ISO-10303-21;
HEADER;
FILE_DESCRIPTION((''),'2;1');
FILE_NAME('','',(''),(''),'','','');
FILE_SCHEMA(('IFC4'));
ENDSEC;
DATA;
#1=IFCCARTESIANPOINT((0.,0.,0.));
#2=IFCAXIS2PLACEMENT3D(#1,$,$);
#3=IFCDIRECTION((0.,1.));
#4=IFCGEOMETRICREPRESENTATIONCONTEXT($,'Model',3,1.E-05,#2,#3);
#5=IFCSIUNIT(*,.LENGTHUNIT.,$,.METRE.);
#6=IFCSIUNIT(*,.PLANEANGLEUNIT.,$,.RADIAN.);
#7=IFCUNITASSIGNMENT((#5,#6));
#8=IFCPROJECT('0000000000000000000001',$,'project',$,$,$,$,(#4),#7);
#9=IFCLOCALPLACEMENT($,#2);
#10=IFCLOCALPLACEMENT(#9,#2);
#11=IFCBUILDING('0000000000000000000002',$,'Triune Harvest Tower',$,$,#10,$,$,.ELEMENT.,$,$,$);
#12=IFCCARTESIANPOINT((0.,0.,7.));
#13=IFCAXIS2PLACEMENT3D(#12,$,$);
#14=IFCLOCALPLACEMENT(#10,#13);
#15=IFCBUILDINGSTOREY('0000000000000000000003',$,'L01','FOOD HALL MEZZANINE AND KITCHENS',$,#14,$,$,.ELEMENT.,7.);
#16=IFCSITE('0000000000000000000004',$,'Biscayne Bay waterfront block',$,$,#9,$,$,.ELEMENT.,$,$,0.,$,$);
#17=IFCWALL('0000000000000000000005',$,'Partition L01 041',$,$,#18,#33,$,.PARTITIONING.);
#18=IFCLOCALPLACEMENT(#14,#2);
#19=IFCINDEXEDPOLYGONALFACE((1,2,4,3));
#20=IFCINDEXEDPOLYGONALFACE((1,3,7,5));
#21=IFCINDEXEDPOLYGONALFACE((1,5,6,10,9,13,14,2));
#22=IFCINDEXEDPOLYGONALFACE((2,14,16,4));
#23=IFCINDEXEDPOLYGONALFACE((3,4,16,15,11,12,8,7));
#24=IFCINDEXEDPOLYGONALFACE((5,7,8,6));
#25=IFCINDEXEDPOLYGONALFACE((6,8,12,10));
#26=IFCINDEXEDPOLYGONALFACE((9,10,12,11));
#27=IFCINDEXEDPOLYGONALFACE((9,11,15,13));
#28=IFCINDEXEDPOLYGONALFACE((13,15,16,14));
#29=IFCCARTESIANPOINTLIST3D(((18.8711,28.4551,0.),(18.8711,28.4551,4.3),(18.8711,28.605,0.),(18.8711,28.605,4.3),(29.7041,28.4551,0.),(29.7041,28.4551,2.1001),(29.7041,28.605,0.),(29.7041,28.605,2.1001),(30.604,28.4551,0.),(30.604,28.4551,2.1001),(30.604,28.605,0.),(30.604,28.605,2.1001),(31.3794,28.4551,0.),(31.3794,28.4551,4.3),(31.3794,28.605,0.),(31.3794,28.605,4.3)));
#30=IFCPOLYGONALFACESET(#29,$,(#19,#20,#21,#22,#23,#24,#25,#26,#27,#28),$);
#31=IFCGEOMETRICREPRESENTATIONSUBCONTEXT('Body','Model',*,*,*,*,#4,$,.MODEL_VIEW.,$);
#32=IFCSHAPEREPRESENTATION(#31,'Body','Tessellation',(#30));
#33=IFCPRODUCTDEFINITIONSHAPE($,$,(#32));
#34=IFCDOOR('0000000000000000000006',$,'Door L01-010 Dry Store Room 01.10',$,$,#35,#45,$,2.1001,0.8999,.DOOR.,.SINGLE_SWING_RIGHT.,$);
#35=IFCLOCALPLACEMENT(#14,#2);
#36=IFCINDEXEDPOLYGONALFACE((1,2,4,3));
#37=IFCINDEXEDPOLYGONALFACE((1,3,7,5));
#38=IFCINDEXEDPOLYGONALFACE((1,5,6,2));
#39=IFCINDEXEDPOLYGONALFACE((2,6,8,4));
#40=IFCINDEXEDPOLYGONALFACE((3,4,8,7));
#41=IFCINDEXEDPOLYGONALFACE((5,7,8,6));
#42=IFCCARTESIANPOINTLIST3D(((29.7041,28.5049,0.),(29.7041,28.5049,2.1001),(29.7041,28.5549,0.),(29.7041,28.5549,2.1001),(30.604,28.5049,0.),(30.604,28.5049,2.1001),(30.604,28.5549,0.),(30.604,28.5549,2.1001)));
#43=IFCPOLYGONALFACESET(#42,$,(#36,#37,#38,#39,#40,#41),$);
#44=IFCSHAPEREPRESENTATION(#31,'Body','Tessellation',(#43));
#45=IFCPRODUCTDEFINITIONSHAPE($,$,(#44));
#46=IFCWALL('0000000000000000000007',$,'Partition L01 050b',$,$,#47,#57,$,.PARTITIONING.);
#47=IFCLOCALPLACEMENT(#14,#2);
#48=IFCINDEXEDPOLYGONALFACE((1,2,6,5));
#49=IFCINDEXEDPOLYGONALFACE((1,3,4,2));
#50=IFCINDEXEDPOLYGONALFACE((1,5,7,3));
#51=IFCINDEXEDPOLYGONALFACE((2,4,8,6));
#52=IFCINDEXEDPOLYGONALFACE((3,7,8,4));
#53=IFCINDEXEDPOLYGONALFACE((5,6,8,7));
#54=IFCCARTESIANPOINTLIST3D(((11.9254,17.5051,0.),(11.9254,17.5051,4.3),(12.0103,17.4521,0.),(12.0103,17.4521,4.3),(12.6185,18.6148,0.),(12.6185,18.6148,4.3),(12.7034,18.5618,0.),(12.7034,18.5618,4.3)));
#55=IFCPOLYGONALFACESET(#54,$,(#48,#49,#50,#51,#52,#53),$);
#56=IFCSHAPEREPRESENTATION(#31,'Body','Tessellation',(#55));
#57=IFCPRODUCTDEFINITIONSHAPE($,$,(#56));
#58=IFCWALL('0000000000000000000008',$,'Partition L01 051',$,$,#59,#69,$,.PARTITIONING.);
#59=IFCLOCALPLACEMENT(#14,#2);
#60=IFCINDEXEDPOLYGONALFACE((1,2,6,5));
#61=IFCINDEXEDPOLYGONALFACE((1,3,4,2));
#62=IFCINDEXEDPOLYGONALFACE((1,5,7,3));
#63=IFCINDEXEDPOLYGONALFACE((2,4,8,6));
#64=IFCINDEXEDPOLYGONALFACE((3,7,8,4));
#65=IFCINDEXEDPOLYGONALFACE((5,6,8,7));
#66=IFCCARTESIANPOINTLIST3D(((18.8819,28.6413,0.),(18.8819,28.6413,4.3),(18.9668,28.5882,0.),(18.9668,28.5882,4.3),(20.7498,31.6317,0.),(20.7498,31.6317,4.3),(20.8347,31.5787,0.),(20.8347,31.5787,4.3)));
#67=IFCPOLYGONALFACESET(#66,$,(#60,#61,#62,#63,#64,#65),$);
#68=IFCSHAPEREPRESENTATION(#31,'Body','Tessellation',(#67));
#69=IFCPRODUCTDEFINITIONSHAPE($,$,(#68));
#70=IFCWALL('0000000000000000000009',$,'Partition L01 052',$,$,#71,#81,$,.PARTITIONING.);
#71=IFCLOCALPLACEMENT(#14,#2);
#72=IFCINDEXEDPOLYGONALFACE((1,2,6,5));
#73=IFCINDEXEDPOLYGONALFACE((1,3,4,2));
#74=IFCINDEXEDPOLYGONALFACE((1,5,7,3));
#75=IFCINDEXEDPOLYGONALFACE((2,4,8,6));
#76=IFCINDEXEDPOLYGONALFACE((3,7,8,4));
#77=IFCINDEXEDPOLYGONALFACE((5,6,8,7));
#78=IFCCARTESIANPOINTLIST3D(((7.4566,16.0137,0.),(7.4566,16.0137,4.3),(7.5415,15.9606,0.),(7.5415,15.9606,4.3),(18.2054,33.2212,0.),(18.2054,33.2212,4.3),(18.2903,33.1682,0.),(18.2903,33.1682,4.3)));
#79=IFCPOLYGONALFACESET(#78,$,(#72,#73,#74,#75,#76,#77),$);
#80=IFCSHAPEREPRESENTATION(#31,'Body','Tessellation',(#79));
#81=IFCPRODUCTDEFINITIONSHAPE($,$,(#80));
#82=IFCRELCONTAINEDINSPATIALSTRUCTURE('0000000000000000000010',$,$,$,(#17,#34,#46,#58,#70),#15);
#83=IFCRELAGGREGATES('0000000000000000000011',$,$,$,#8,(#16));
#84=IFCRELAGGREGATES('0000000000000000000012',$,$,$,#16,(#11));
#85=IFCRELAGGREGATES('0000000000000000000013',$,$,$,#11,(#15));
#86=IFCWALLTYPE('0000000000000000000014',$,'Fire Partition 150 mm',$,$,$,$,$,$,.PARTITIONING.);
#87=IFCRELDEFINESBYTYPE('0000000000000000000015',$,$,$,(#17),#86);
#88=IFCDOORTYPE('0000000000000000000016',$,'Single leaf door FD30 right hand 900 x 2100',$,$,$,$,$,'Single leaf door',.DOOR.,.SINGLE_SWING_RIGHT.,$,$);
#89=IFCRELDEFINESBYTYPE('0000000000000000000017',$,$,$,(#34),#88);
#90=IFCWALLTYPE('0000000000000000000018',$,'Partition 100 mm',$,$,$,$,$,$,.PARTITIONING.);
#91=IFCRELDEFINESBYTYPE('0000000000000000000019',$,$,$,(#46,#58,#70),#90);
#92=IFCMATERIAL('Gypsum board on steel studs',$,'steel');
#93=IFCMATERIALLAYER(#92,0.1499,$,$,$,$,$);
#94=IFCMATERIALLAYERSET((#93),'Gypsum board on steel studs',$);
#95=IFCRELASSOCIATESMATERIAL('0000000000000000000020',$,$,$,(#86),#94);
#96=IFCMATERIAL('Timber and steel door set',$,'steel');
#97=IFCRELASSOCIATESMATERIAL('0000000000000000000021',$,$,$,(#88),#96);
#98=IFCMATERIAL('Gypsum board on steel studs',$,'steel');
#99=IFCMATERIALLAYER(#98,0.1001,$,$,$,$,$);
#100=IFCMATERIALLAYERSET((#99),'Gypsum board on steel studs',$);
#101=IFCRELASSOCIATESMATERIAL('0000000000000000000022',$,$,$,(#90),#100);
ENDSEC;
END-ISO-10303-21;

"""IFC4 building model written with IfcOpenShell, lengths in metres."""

from ifc_helpers import new_model, si_unit, direction, frame, frame_2d, origin, place, context, subcontext, project, spatial, rectangle, extrude, material, layer, layer_set, type_object, element, fill, save


model = new_model("IFC4")

# Units and contexts
model_context = context("Model", 3, precision=1e-05, world=origin(), true_north=direction((0.0, 1.0)))
body_context = subcontext(model_context, "Body", "Model", "MODEL_VIEW")
ifc_project = project(units=[si_unit("LENGTHUNIT", "METRE"), si_unit("PLANEANGLEUNIT", "RADIAN")], contexts=[model_context])

# Site, building, storey
site_placement = place(None, origin())
site = spatial("IfcSite", under=ifc_project, at=site_placement, Name="Biscayne Bay waterfront block", CompositionType="ELEMENT", RefElevation=0.0)
building_placement = place(site_placement, origin())
building = spatial("IfcBuilding", under=site, at=building_placement, Name="Triune Harvest Tower", CompositionType="ELEMENT")
storey_placement = place(building_placement, frame((0.0, 0.0, 7.0)))
storey = spatial("IfcBuildingStorey", under=building, at=storey_placement, Name="L01", Description="FOOD HALL MEZZANINE AND KITCHENS", CompositionType="ELEMENT", Elevation=7.0)

# Wall, opening, door
ifc_material_1 = material(Name="Gypsum board on steel studs", Category="steel")
ifc_layer_1 = layer(ifc_material_1, 0.1499)
ifc_layer_set_1 = layer_set([ifc_layer_1], Name="Gypsum board on steel studs")
wall_type_1 = type_object("IfcWallType", Name="Fire Partition 150 mm", PredefinedType="PARTITIONING", material=ifc_layer_set_1)
ifc_material_2 = material(Name="Timber and steel door set", Category="steel")
door_type = type_object("IfcDoorType", Name="Single leaf door FD30 right hand 900 x 2100", ElementType="Single leaf door", OperationType="SINGLE_SWING_RIGHT", PredefinedType="DOOR", material=ifc_material_2)
wall_1_placement = place(storey_placement, frame((18.8711, 28.53, 0.0), z_axis=(0.0, 0.0, 1.0), x_axis=(1.0, 0.0, 0.0)))
wall_1 = element("IfcWall", 1, at=wall_1_placement, inside=storey, type_object=wall_type_1, Name="Partition L01 041", PredefinedType="PARTITIONING", context=body_context, shape_type="SweptSolid", body=[
    extrude(rectangle(XDim=12.5083, YDim=0.1499, at=frame_2d((6.2542, 0.0))), origin(), (0.0, 0.0, 1.0), 4.3),
])
opening_1_placement = place(wall_1_placement, frame((10.833, 0.0, 0.0)))
opening_1 = element("IfcOpeningElement", 2, at=opening_1_placement, cuts=wall_1, PredefinedType="OPENING", context=body_context, shape_type="SweptSolid", body=[
    extrude(rectangle(XDim=0.8999, YDim=2.1001, at=frame_2d((0.45, 1.05))), frame((0.0, 0.085, 0.0), z_axis=(0.0, -1.0, 0.0), x_axis=(1.0, 0.0, 0.0)), (0.0, 0.0, 1.0), 0.1699),
])
door_1_placement = place(opening_1_placement, origin())
door_1 = element("IfcDoor", 3, at=door_1_placement, inside=storey, type_object=door_type, Name="Door L01-010 Dry Store Room 01.10", OperationType="SINGLE_SWING_RIGHT", OverallHeight=2.1001, OverallWidth=0.8999, PredefinedType="DOOR", context=body_context, shape_type="SweptSolid", body=[
    extrude(rectangle(XDim=0.8999, YDim=2.1001, at=frame_2d((0.45, 1.05))), frame((0.0, 0.0249, 0.0), z_axis=(0.0, -1.0, 0.0), x_axis=(1.0, 0.0, 0.0)), (0.0, 0.0, 1.0), 0.05),
])
fill(opening_1, door_1)

# Walls
ifc_material_3 = material(Name="Gypsum board on steel studs", Category="steel")
ifc_layer_2 = layer(ifc_material_3, 0.1001)
ifc_layer_set_2 = layer_set([ifc_layer_2], Name="Gypsum board on steel studs")
wall_type_2 = type_object("IfcWallType", Name="Partition 100 mm", PredefinedType="PARTITIONING", material=ifc_layer_set_2)
wall_2_placement = place(storey_placement, frame((11.9678, 17.4785, 0.0), z_axis=(0.0, 0.0, 1.0), x_axis=(0.529781, 0.848135, 0.0)))
element("IfcWall", 4, at=wall_2_placement, inside=storey, type_object=wall_type_2, Name="Partition L01 050b", PredefinedType="PARTITIONING", context=body_context, shape_type="SweptSolid", body=[
    extrude(rectangle(XDim=1.3083, YDim=0.1001, at=frame_2d((0.6543, 0.0))), origin(), (0.0, 0.0, 1.0), 4.3),
])
wall_3_placement = place(storey_placement, frame((18.9243, 28.6147, 0.0), z_axis=(0.0, 0.0, 1.0), x_axis=(0.529769, 0.848142, 0.0)))
element("IfcWall", 5, at=wall_3_placement, inside=storey, type_object=wall_type_2, Name="Partition L01 051", PredefinedType="PARTITIONING", context=body_context, shape_type="SweptSolid", body=[
    extrude(rectangle(XDim=3.5259, YDim=0.1001, at=frame_2d((1.7629, 0.0))), origin(), (0.0, 0.0, 1.0), 4.3),
])
wall_4_placement = place(storey_placement, frame((7.499, 15.9871, 0.0), z_axis=(0.0, 0.0, 1.0), x_axis=(0.529789, 0.848129, 0.0)))
element("IfcWall", 6, at=wall_4_placement, inside=storey, type_object=wall_type_2, Name="Partition L01 052", PredefinedType="PARTITIONING", context=body_context, shape_type="SweptSolid", body=[
    extrude(rectangle(XDim=20.2888, YDim=0.1001, at=frame_2d((10.1445, 0.0))), origin(), (0.0, 0.0, 1.0), 4.3),
])

save(model, "model.ifc")
